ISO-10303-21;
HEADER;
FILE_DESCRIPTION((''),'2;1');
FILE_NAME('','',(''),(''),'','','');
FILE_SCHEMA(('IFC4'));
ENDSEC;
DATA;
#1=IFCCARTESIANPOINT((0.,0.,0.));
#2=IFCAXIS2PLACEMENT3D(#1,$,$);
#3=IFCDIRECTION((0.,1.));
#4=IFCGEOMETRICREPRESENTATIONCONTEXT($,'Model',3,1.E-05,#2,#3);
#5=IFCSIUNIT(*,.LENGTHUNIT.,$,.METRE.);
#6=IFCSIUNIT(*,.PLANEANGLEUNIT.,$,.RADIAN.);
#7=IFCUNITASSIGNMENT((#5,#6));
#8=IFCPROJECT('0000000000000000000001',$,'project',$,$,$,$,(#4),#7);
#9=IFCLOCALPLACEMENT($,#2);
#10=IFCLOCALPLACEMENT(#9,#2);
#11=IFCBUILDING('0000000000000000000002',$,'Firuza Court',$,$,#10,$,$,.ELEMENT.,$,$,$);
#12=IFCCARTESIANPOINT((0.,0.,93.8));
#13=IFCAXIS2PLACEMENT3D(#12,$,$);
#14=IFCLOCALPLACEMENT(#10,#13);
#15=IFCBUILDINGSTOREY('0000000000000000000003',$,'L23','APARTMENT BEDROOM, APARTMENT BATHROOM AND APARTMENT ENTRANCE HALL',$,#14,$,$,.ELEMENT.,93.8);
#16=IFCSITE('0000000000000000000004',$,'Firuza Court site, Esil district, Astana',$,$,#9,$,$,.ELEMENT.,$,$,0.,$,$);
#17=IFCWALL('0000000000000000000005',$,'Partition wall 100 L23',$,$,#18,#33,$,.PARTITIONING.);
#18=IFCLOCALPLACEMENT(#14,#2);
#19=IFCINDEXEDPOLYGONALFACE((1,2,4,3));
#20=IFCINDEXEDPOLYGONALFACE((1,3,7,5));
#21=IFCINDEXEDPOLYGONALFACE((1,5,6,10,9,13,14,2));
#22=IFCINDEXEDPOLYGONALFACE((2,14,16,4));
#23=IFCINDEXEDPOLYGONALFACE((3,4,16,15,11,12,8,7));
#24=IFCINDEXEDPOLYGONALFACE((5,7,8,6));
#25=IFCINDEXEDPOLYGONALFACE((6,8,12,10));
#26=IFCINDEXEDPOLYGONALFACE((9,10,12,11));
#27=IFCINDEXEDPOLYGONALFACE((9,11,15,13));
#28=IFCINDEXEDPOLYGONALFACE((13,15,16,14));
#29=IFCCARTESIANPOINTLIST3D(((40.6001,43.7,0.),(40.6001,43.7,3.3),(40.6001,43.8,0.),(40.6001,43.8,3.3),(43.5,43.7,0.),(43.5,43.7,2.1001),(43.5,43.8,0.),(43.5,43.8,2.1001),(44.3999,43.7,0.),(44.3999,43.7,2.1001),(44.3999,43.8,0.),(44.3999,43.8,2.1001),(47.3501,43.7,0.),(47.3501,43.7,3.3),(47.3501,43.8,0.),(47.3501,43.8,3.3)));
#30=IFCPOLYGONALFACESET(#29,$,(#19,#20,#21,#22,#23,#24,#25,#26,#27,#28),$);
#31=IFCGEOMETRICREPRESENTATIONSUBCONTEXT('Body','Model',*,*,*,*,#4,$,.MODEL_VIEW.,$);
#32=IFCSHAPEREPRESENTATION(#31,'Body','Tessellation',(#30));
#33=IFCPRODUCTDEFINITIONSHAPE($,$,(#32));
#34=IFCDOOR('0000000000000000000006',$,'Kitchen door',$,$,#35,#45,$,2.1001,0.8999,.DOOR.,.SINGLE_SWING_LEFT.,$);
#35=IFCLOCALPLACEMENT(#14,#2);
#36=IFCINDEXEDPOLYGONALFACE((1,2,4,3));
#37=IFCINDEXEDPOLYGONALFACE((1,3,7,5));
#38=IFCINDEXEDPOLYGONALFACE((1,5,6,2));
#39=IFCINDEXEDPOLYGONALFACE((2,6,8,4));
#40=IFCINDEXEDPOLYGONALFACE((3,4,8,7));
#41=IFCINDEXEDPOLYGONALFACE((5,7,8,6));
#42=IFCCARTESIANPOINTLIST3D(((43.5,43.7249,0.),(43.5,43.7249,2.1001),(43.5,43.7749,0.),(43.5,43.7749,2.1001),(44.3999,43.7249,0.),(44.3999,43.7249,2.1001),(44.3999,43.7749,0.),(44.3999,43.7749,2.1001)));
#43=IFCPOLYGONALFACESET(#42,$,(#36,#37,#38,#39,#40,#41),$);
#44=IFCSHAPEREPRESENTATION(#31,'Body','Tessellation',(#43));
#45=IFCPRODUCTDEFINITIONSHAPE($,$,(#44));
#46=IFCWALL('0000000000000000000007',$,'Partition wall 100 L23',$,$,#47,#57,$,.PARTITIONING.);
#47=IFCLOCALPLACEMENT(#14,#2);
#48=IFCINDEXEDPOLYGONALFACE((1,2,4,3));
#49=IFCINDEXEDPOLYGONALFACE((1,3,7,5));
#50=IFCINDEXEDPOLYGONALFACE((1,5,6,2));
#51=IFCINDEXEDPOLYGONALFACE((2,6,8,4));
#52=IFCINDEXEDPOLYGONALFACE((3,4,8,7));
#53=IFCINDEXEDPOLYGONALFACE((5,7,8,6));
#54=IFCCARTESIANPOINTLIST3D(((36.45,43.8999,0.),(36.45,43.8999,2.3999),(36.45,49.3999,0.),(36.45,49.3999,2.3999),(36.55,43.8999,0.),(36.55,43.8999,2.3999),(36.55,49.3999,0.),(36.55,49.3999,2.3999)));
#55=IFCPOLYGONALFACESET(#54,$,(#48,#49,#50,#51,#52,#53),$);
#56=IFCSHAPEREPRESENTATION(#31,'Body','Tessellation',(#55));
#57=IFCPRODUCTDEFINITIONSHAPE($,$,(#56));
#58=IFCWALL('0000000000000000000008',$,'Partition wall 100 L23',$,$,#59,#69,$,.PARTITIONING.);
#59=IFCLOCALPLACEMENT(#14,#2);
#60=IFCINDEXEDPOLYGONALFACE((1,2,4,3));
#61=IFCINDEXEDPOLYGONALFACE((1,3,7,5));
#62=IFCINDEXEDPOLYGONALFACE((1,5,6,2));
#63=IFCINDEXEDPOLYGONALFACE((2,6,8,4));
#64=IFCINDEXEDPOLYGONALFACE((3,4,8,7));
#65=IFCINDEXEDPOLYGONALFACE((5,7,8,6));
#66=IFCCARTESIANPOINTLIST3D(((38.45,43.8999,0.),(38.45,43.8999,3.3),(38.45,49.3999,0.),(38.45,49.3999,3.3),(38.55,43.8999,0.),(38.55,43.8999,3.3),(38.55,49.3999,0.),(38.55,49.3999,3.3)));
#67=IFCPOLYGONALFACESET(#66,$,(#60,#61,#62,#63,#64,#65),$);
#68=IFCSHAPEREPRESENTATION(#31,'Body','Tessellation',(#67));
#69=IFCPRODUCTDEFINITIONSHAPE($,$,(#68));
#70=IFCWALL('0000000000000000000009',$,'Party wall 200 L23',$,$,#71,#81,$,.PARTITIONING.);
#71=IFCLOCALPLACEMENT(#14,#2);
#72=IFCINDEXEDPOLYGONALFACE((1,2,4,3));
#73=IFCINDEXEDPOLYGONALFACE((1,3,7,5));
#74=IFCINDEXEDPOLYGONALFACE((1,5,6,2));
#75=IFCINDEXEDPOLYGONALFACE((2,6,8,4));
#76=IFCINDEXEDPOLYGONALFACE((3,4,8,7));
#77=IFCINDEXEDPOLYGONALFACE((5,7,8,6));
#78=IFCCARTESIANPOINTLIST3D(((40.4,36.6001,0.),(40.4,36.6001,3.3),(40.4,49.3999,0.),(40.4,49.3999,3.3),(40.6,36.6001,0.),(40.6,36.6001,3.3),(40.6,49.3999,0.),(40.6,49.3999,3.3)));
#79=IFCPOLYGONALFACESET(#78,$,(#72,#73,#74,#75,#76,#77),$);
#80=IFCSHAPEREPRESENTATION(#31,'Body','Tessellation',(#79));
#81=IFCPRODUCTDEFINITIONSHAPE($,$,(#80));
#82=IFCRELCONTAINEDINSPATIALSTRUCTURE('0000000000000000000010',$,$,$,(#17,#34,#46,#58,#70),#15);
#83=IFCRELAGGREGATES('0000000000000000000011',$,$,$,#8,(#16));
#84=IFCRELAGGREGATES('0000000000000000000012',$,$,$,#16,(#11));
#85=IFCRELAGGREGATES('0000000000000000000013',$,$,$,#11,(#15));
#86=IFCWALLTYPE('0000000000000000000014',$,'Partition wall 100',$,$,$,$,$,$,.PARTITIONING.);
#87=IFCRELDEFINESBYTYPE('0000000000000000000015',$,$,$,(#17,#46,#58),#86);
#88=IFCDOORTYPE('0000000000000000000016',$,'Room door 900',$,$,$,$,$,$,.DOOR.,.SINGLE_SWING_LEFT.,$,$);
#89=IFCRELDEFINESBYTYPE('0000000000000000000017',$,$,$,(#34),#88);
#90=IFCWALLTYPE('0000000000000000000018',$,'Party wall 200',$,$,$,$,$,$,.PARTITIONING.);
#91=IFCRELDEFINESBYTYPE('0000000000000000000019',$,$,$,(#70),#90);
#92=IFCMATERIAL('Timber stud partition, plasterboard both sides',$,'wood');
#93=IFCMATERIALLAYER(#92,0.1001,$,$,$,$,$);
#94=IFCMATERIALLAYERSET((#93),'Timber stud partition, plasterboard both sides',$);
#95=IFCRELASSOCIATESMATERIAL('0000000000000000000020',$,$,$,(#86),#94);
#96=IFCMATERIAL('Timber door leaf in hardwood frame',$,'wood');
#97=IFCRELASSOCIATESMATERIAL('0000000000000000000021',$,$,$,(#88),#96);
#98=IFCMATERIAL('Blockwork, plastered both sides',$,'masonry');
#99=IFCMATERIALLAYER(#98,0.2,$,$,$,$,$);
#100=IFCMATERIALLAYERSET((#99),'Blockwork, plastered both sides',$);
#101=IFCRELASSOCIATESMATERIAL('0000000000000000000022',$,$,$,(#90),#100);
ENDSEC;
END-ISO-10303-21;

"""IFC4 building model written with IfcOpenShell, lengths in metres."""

from ifc_helpers import new_model, si_unit, direction, frame, frame_2d, origin, place, context, subcontext, project, spatial, rectangle, extrude, material, layer, layer_set, type_object, element, fill, save


model = new_model("IFC4")

# Units and contexts
model_context = context("Model", 3, precision=1e-05, world=origin(), true_north=direction((0.0, 1.0)))
body_context = subcontext(model_context, "Body", "Model", "MODEL_VIEW")
ifc_project = project(units=[si_unit("LENGTHUNIT", "METRE"), si_unit("PLANEANGLEUNIT", "RADIAN")], contexts=[model_context])

# Site, building, storey
site_placement = place(None, origin())
site = spatial("IfcSite", under=ifc_project, at=site_placement, Name="Firuza Court site, Esil district, Astana", CompositionType="ELEMENT", RefElevation=0.0)
building_placement = place(site_placement, origin())
building = spatial("IfcBuilding", under=site, at=building_placement, Name="Firuza Court", CompositionType="ELEMENT")
storey_placement = place(building_placement, frame((0.0, 0.0, 93.8)))
storey = spatial("IfcBuildingStorey", under=building, at=storey_placement, Name="L23", Description="APARTMENT BEDROOM, APARTMENT BATHROOM AND APARTMENT ENTRANCE HALL", CompositionType="ELEMENT", Elevation=93.8)

# Shared definitions
ifc_material_1 = material(Name="Timber stud partition, plasterboard both sides", Category="wood")
ifc_layer_1 = layer(ifc_material_1, 0.1001)
ifc_layer_set_1 = layer_set([ifc_layer_1], Name="Timber stud partition, plasterboard both sides")
wall_type_1 = type_object("IfcWallType", Name="Partition wall 100", PredefinedType="PARTITIONING", material=ifc_layer_set_1)

# Shared definitions
ifc_material_2 = material(Name="Timber door leaf in hardwood frame", Category="wood")
door_type = type_object("IfcDoorType", Name="Room door 900", OperationType="SINGLE_SWING_LEFT", PredefinedType="DOOR", material=ifc_material_2)

# Wall, opening, door
wall_1_placement = place(storey_placement, frame((40.6001, 43.75, 0.0), z_axis=(0.0, 0.0, 1.0), x_axis=(1.0, 0.0, 0.0)))
wall_1 = element("IfcWall", 1, at=wall_1_placement, inside=storey, type_object=wall_type_1, Name="Partition wall 100 L23", PredefinedType="PARTITIONING", context=body_context, shape_type="SweptSolid", body=[
    extrude(rectangle(XDim=6.75, YDim=0.1001, at=frame_2d((3.375, 0.0))), origin(), (0.0, 0.0, 1.0), 3.3),
])
opening_1_placement = place(wall_1_placement, frame((2.8999, 0.0, 0.0)))
opening_1 = element("IfcOpeningElement", 2, at=opening_1_placement, cuts=wall_1, PredefinedType="OPENING", context=body_context, shape_type="SweptSolid", body=[
    extrude(rectangle(XDim=0.8999, YDim=2.1001, at=frame_2d((0.45, 1.05))), frame((0.0, 0.062, 0.0), z_axis=(0.0, -1.0, 0.0), x_axis=(1.0, 0.0, 0.0)), (0.0, 0.0, 1.0), 0.124),
])
door_1_placement = place(opening_1_placement, origin())
door_1 = element("IfcDoor", 3, at=door_1_placement, inside=storey, type_object=door_type, Name="Kitchen door", OperationType="SINGLE_SWING_LEFT", OverallHeight=2.1001, OverallWidth=0.8999, PredefinedType="DOOR", context=body_context, shape_type="SweptSolid", body=[
    extrude(rectangle(XDim=0.8999, YDim=2.1001, at=frame_2d((0.45, 1.05))), frame((0.0, 0.0249, 0.0), z_axis=(0.0, -1.0, 0.0), x_axis=(1.0, 0.0, 0.0)), (0.0, 0.0, 1.0), 0.05),
])
fill(opening_1, door_1)

# Walls
wall_2_placement = place(storey_placement, frame((36.5, 43.8999, 0.0), z_axis=(0.0, 0.0, 1.0), x_axis=(0.0, 1.0, 0.0)))
element("IfcWall", 4, at=wall_2_placement, inside=storey, type_object=wall_type_1, Name="Partition wall 100 L23", PredefinedType="PARTITIONING", context=body_context, shape_type="SweptSolid", body=[
    extrude(rectangle(XDim=5.5, YDim=0.1001, at=frame_2d((2.75, 0.0))), origin(), (0.0, 0.0, 1.0), 2.3999),
])
wall_3_placement = place(storey_placement, frame((38.5, 43.8999, 0.0), z_axis=(0.0, 0.0, 1.0), x_axis=(0.0, 1.0, 0.0)))
element("IfcWall", 5, at=wall_3_placement, inside=storey, type_object=wall_type_1, Name="Partition wall 100 L23", PredefinedType="PARTITIONING", context=body_context, shape_type="SweptSolid", body=[
    extrude(rectangle(XDim=5.5, YDim=0.1001, at=frame_2d((2.75, 0.0))), origin(), (0.0, 0.0, 1.0), 3.3),
])
ifc_material_3 = material(Name="Blockwork, plastered both sides", Category="masonry")
ifc_layer_2 = layer(ifc_material_3, 0.2)
ifc_layer_set_2 = layer_set([ifc_layer_2], Name="Blockwork, plastered both sides")
wall_type_2 = type_object("IfcWallType", Name="Party wall 200", PredefinedType="PARTITIONING", material=ifc_layer_set_2)
wall_4_placement = place(storey_placement, frame((40.5, 36.6001, 0.0), z_axis=(0.0, 0.0, 1.0), x_axis=(0.0, 1.0, 0.0)))
element("IfcWall", 6, at=wall_4_placement, inside=storey, type_object=wall_type_2, Name="Party wall 200 L23", PredefinedType="PARTITIONING", context=body_context, shape_type="SweptSolid", body=[
    extrude(rectangle(XDim=12.7998, YDim=0.2, at=frame_2d((6.3999, 0.0))), origin(), (0.0, 0.0, 1.0), 3.3),
])

save(model, "model.ifc")
